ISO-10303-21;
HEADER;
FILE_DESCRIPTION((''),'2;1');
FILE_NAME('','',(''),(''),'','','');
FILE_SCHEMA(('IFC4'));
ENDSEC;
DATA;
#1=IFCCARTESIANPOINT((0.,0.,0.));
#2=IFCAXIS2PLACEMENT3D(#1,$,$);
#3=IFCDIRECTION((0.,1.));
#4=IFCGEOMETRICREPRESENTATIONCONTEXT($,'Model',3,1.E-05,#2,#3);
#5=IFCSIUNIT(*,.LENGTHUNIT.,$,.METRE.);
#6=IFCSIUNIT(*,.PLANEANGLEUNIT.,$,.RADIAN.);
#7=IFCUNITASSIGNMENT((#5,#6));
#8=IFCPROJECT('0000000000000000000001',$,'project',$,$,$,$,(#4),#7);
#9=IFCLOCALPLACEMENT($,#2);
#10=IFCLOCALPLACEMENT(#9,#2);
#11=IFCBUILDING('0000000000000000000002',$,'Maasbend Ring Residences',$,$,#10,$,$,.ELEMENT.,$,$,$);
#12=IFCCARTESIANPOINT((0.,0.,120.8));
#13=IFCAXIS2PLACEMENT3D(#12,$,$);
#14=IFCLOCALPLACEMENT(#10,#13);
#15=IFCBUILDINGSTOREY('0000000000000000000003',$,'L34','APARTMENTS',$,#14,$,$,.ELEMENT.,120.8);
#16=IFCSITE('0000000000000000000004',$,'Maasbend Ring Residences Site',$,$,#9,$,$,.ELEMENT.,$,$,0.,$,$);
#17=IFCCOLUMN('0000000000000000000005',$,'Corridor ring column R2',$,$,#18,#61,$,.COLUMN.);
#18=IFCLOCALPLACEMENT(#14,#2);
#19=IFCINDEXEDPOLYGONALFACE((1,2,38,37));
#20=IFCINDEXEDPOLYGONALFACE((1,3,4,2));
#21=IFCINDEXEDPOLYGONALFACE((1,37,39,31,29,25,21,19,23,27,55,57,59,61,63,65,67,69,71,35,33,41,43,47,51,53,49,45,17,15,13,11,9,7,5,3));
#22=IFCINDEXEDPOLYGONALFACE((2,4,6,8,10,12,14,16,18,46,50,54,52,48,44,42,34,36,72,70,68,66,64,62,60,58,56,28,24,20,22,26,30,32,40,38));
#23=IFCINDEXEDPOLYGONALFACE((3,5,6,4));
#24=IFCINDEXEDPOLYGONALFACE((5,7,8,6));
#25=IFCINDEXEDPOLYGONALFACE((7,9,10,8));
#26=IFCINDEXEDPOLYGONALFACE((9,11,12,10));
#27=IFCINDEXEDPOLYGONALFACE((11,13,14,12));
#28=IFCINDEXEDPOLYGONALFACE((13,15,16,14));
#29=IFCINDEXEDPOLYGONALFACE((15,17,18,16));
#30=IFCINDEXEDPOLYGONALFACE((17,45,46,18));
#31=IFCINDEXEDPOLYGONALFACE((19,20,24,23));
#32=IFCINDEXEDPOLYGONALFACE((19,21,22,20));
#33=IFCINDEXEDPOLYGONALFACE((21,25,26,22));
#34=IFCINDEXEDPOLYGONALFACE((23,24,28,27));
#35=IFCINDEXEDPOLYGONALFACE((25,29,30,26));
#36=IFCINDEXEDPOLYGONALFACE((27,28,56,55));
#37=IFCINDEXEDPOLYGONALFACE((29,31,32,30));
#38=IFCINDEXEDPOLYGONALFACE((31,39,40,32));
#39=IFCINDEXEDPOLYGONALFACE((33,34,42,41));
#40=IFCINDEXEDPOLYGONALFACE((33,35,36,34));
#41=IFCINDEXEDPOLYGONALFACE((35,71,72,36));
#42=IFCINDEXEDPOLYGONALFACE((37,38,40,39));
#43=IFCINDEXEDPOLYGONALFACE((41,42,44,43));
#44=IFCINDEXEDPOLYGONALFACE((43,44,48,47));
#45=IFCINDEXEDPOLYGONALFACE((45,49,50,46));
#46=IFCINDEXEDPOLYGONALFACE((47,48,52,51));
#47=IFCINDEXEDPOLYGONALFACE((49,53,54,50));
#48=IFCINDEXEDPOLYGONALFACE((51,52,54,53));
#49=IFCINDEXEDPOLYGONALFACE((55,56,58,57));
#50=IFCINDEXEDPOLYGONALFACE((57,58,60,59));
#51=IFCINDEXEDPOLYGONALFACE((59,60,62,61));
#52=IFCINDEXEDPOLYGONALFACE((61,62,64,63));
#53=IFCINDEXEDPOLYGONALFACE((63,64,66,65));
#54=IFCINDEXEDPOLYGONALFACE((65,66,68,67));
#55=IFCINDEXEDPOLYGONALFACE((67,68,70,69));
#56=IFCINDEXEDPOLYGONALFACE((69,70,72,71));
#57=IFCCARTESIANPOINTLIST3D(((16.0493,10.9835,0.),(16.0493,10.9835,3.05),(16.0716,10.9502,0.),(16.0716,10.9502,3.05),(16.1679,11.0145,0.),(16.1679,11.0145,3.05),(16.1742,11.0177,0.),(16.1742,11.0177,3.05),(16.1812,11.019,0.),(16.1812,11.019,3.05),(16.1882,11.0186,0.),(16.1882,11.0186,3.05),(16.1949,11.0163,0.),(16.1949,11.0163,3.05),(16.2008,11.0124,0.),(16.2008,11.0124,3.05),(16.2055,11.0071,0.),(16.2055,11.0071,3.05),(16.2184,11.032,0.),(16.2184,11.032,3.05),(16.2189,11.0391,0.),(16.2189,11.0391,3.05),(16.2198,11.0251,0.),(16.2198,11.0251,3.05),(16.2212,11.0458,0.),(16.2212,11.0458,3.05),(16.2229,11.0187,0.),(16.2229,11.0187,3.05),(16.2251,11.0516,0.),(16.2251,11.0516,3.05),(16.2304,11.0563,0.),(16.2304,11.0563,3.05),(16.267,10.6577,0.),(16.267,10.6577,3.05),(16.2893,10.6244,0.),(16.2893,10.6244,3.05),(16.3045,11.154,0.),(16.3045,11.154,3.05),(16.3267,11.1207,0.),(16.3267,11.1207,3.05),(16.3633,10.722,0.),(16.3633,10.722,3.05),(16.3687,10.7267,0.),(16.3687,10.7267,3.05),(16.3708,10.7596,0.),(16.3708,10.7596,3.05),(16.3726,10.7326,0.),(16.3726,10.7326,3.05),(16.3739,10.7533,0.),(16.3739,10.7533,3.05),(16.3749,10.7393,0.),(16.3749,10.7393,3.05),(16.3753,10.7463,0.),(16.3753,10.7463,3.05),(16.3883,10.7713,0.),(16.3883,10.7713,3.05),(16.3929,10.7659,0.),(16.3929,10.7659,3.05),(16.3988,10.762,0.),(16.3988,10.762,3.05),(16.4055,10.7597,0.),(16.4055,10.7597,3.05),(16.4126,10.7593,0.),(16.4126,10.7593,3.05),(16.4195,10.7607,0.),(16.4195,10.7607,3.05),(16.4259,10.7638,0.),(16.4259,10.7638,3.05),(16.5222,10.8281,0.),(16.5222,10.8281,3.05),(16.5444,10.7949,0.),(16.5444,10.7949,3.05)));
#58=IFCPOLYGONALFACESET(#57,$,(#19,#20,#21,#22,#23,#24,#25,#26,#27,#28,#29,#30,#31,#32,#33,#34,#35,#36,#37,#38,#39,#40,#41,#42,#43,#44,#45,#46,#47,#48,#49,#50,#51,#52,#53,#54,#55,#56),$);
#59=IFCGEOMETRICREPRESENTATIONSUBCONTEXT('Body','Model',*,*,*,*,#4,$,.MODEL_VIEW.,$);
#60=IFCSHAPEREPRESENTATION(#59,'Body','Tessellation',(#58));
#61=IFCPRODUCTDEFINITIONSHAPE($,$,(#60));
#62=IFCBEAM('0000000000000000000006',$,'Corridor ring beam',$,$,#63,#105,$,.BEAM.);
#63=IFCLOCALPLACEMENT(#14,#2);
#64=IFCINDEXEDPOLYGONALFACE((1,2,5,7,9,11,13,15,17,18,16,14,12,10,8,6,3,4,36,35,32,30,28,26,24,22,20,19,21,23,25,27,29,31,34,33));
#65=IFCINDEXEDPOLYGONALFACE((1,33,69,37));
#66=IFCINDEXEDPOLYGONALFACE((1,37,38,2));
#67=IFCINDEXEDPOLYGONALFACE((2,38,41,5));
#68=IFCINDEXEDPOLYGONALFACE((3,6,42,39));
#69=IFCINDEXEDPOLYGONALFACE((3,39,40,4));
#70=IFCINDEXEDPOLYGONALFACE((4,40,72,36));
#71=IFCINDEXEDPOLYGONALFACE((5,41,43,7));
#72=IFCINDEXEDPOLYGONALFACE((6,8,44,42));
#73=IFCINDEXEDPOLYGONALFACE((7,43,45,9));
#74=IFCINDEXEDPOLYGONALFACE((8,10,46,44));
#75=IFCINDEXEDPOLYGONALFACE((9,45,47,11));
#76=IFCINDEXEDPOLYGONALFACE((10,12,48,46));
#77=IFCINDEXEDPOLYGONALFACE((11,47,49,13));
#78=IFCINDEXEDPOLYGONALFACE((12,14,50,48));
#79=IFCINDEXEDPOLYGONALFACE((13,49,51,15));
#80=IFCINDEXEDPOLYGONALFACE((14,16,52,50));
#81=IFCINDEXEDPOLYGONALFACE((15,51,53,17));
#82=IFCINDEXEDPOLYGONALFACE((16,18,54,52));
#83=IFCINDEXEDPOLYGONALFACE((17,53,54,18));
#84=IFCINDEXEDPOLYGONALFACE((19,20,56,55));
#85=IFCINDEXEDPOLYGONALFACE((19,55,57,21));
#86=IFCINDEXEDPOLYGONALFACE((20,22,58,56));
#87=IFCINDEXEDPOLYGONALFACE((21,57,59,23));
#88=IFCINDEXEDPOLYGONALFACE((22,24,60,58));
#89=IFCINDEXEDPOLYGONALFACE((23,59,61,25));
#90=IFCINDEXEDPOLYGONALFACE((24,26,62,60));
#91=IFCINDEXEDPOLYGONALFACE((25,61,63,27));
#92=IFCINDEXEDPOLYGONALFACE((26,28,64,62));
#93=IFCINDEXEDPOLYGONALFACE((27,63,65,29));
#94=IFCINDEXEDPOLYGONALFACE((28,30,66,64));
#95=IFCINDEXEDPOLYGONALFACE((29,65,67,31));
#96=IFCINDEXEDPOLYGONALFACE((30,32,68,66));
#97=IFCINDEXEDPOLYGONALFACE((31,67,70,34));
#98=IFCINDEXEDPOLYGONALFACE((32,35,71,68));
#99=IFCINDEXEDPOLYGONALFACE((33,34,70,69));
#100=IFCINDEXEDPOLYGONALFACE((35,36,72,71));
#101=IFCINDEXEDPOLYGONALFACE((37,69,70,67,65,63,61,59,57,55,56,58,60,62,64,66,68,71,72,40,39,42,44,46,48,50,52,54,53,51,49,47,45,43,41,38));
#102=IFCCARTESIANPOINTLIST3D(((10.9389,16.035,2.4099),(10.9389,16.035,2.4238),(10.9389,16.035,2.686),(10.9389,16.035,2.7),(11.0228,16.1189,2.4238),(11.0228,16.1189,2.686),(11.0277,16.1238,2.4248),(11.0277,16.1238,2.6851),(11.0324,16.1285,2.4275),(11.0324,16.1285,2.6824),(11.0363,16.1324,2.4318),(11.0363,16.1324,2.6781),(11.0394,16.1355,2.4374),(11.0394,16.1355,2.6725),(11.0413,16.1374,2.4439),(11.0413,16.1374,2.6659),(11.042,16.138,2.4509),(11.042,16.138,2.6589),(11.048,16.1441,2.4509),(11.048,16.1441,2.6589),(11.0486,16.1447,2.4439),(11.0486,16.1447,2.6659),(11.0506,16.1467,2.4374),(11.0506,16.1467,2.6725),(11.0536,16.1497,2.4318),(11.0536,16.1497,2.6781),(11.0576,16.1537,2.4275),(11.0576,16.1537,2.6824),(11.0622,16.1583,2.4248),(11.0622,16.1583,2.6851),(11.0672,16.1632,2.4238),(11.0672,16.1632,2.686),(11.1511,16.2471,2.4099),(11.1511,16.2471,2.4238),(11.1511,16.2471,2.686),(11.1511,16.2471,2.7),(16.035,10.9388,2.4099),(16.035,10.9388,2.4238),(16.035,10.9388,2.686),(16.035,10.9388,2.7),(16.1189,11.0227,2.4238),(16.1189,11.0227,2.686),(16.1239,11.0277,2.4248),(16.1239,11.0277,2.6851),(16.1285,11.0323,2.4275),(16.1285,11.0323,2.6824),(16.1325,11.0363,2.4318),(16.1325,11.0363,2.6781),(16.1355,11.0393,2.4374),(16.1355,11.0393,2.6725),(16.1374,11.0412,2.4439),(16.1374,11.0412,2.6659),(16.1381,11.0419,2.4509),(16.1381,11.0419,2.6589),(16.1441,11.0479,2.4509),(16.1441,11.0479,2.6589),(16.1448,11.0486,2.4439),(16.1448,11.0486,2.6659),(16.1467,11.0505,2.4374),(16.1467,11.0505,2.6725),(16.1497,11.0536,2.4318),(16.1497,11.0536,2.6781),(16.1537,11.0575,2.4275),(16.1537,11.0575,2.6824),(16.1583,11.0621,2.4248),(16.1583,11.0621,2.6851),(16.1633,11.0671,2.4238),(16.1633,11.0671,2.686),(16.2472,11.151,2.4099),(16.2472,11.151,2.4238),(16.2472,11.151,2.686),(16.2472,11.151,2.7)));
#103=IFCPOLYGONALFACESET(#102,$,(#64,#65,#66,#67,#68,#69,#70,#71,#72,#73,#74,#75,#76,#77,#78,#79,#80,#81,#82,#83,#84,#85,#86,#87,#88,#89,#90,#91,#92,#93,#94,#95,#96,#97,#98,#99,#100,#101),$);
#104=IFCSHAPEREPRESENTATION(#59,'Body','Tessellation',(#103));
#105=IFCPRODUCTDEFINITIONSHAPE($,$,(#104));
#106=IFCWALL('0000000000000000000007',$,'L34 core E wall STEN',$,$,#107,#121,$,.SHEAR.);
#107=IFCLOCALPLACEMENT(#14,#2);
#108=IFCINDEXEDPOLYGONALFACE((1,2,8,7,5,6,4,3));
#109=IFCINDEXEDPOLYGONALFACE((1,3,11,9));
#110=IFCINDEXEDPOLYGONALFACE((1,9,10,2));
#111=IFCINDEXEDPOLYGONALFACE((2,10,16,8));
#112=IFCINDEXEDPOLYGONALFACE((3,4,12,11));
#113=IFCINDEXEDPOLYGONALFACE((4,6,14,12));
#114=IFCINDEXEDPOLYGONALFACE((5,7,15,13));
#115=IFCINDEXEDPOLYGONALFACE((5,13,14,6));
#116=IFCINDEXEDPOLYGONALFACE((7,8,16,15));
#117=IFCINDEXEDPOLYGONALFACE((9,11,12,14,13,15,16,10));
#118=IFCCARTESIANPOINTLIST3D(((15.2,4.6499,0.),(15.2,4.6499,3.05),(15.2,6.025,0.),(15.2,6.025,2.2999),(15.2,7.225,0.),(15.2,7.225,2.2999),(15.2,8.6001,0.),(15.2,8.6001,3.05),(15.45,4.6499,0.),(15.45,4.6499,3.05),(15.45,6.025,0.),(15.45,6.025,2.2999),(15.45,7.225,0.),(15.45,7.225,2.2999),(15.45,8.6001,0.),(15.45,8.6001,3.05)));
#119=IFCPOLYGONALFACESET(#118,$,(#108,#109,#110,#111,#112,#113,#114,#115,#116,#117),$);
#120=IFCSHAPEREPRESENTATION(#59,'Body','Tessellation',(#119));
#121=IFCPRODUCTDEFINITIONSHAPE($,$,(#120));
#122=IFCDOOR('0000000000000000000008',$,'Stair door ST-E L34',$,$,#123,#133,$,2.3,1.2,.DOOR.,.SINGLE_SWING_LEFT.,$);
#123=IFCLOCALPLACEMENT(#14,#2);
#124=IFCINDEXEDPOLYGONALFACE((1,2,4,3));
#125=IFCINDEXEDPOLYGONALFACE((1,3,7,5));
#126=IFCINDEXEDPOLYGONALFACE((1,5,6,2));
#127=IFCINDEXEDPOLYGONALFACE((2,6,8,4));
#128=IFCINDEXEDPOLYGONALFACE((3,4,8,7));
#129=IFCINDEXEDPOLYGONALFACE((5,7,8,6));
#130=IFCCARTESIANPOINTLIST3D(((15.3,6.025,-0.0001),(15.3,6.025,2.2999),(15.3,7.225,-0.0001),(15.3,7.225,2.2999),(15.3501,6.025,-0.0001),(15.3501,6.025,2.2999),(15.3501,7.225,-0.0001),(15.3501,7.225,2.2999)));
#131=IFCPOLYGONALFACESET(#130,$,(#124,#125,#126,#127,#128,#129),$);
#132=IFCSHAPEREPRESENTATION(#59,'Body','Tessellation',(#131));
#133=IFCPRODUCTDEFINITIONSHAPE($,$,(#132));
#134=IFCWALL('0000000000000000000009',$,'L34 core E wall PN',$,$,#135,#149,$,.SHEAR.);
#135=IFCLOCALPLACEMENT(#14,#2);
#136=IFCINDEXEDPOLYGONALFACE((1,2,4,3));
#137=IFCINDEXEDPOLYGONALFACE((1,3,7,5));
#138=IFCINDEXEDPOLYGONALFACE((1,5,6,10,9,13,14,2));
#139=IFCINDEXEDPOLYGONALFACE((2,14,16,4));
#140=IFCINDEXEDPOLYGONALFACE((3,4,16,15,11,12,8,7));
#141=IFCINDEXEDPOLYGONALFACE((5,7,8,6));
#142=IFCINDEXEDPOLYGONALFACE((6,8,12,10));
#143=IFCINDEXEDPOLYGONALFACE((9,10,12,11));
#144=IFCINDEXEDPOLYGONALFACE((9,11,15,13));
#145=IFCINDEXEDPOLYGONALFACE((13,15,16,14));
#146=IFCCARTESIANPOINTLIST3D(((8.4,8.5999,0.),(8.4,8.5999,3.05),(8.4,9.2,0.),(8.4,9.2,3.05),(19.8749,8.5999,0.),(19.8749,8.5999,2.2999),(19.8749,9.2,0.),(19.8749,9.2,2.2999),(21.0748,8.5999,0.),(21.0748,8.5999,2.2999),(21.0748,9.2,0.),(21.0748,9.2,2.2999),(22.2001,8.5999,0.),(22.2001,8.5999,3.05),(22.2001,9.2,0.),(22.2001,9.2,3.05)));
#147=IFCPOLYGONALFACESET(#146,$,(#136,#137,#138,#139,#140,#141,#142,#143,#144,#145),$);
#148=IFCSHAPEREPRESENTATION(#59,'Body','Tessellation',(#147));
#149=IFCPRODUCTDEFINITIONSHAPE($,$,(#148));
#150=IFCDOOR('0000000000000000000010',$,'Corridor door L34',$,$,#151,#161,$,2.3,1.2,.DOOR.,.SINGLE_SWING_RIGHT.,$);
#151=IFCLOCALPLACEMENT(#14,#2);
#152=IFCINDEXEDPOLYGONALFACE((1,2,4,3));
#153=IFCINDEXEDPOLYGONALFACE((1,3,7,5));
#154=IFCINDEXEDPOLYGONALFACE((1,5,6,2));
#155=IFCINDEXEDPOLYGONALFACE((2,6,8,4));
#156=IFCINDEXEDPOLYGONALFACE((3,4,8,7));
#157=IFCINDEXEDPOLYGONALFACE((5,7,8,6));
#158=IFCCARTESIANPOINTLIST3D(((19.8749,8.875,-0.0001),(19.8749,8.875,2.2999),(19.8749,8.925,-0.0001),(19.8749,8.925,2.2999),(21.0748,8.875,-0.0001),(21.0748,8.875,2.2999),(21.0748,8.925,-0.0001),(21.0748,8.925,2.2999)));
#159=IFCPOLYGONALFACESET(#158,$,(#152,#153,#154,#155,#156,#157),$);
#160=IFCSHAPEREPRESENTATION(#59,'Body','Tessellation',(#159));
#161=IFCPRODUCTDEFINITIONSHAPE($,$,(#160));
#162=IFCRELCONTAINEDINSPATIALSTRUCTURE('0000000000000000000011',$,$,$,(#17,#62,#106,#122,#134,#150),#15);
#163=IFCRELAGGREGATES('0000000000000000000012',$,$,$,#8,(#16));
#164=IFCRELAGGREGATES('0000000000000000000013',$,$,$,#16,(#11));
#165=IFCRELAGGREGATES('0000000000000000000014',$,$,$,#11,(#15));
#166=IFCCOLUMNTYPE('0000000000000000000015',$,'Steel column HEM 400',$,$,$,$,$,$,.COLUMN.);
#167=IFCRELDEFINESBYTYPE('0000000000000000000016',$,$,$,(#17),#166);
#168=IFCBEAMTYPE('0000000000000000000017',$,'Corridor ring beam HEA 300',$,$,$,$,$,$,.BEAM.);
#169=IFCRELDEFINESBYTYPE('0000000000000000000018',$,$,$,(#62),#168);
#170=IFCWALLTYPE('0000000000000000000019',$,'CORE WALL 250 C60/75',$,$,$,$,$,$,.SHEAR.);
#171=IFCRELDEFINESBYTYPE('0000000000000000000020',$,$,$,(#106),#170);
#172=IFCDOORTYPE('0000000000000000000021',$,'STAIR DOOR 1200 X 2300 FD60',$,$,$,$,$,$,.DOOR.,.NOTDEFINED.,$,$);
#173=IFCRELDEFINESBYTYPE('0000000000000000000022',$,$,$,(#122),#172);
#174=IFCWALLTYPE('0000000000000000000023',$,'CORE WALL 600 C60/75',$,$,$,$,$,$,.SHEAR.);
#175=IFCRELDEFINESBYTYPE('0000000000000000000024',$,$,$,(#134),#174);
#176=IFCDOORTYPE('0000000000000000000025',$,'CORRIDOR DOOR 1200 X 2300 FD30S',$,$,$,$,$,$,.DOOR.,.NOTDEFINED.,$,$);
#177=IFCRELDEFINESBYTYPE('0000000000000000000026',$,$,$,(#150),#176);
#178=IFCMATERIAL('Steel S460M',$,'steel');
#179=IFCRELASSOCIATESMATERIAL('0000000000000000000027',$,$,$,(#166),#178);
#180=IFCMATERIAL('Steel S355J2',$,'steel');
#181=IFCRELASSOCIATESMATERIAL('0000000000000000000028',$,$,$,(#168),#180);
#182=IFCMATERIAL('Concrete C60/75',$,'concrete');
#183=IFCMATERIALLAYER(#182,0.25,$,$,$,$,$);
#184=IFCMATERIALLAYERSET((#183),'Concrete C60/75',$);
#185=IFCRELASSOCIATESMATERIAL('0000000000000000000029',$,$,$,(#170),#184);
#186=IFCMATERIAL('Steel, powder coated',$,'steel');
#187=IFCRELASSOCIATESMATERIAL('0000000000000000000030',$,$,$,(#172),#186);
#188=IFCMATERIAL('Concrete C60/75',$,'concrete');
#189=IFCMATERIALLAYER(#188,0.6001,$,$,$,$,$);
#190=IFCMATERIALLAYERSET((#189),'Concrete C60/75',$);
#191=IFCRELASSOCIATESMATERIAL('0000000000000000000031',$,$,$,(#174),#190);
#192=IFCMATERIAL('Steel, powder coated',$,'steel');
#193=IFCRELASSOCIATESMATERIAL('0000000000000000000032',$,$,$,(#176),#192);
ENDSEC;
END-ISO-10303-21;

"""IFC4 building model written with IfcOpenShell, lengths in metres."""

from ifc_helpers import new_model, si_unit, direction, frame, frame_2d, origin, origin_2d, place, context, subcontext, project, spatial, rectangle, i_section, extrude, material, layer, layer_set, material_profile, profile_set, type_object, element, fill, save


model = new_model("IFC4")

# Units and contexts
model_context = context("Model", 3, precision=1e-05, world=origin(), true_north=direction((0.0, 1.0)))
body_context = subcontext(model_context, "Body", "Model", "MODEL_VIEW")
ifc_project = project(units=[si_unit("LENGTHUNIT", "METRE"), si_unit("PLANEANGLEUNIT", "RADIAN")], contexts=[model_context])

# Site, building, storey
site_placement = place(None, origin())
site = spatial("IfcSite", under=ifc_project, at=site_placement, Name="Maasbend Ring Residences Site", CompositionType="ELEMENT", RefElevation=0.0)
building_placement = place(site_placement, origin())
building = spatial("IfcBuilding", under=site, at=building_placement, Name="Maasbend Ring Residences", CompositionType="ELEMENT")
storey_placement = place(building_placement, frame((0.0, 0.0, 120.8)))
storey = spatial("IfcBuildingStorey", under=building, at=storey_placement, Name="L34", Description="APARTMENTS", CompositionType="ELEMENT", Elevation=120.8)

# Column
ifc_material_1 = material(Name="Steel S460M", Category="steel")
ifc_material_profile_1 = material_profile(ifc_material_1, i_section(OverallWidth=0.3069, OverallDepth=0.4319, WebThickness=0.021, FlangeThickness=0.04, FilletRadius=0.0271, at=origin_2d()), Name="HEM 400")
ifc_profile_set_1 = profile_set([ifc_material_profile_1], Name="Steel S460M")
column_type = type_object("IfcColumnType", Name="Steel column HEM 400", PredefinedType="COLUMN", material=ifc_profile_set_1)
column_placement = place(storey_placement, frame((16.2969, 10.8892, 0.0), z_axis=(0.0, 0.0, 1.0), x_axis=(0.83147, 0.55557, 0.0)))
element("IfcColumn", 1, at=column_placement, inside=storey, type_object=column_type, Name="Corridor ring column R2", PredefinedType="COLUMN", context=body_context, shape_type="SweptSolid", body=[
    extrude(i_section(OverallWidth=0.3069, OverallDepth=0.4319, WebThickness=0.021, FlangeThickness=0.04, FilletRadius=0.0271, at=origin_2d()), origin(), (0.0, 0.0, 1.0), 3.05),
])

# Beam
ifc_material_2 = material(Name="Steel S355J2", Category="steel")
ifc_material_profile_2 = material_profile(ifc_material_2, i_section(OverallWidth=0.3, OverallDepth=0.29, WebThickness=0.0085, FlangeThickness=0.0139, FilletRadius=0.0271, at=origin_2d()), Name="HEA 300")
ifc_profile_set_2 = profile_set([ifc_material_profile_2], Name="Steel S355J2")
beam_type = type_object("IfcBeamType", Name="Corridor ring beam HEA 300", PredefinedType="BEAM", material=ifc_profile_set_2)
beam_placement = place(storey_placement, frame((16.1411, 11.0449, 2.5549), z_axis=(-0.707107, 0.707107, 0.0), x_axis=(-0.707107, -0.707107, 0.0)))
element("IfcBeam", 2, at=beam_placement, inside=storey, type_object=beam_type, Name="Corridor ring beam", PredefinedType="BEAM", context=body_context, shape_type="SweptSolid", body=[
    extrude(i_section(OverallWidth=0.3, OverallDepth=0.29, WebThickness=0.0085, FlangeThickness=0.0139, FilletRadius=0.0271, at=origin_2d()), origin(), (0.0, 0.0, 1.0), 7.207),
])

# Walls, openings, doors
ifc_material_3 = material(Name="Concrete C60/75", Category="concrete")
ifc_layer_1 = layer(ifc_material_3, 0.25)
ifc_layer_set_1 = layer_set([ifc_layer_1], Name="Concrete C60/75")
wall_type_1 = type_object("IfcWallType", Name="CORE WALL 250 C60/75", PredefinedType="SHEAR", material=ifc_layer_set_1)
wall_1_placement = place(storey_placement, frame((15.325, 4.6499, 0.0), z_axis=(0.0, 0.0, 1.0), x_axis=(0.0, 1.0, 0.0)))
wall_1 = element("IfcWall", 3, at=wall_1_placement, inside=storey, type_object=wall_type_1, Name="L34 core E wall STEN", PredefinedType="SHEAR", context=body_context, shape_type="SweptSolid", body=[
    extrude(rectangle(XDim=3.9502, YDim=0.25, at=frame_2d((1.9751, 0.0))), origin(), (0.0, 0.0, 1.0), 3.05),
])
opening_1_placement = place(wall_1_placement, frame((1.375, 0.0, 0.0)))
opening_1 = element("IfcOpeningElement", 4, at=opening_1_placement, cuts=wall_1, PredefinedType="OPENING", context=body_context, shape_type="SweptSolid", body=[
    extrude(rectangle(XDim=1.2, YDim=2.3, at=frame_2d((0.6001, 1.1499))), frame((0.0, 0.135, 0.0), z_axis=(0.0, -1.0, 0.0), x_axis=(1.0, 0.0, 0.0)), (0.0, 0.0, 1.0), 0.27),
])
ifc_material_4 = material(Name="Steel, powder coated", Category="steel")
door_type_1 = type_object("IfcDoorType", Name="STAIR DOOR 1200 X 2300 FD60", OperationType="NOTDEFINED", PredefinedType="DOOR", material=ifc_material_4)
door_1_placement = place(opening_1_placement, origin())
door_1 = element("IfcDoor", 5, at=door_1_placement, inside=storey, type_object=door_type_1, Name="Stair door ST-E L34", OperationType="SINGLE_SWING_LEFT", OverallHeight=2.3, OverallWidth=1.2, PredefinedType="DOOR", context=body_context, shape_type="SweptSolid", body=[
    extrude(rectangle(XDim=1.2, YDim=2.3, at=frame_2d((0.6001, 1.1499))), frame((0.0, 0.0249, 0.0), z_axis=(0.0, -1.0, 0.0), x_axis=(1.0, 0.0, 0.0)), (0.0, 0.0, 1.0), 0.05),
])
fill(opening_1, door_1)
ifc_material_5 = material(Name="Concrete C60/75", Category="concrete")
ifc_layer_2 = layer(ifc_material_5, 0.6001)
ifc_layer_set_2 = layer_set([ifc_layer_2], Name="Concrete C60/75")
wall_type_2 = type_object("IfcWallType", Name="CORE WALL 600 C60/75", PredefinedType="SHEAR", material=ifc_layer_set_2)
wall_2_placement = place(storey_placement, frame((22.2, 8.8999, 0.0), z_axis=(0.0, 0.0, 1.0), x_axis=(-1.0, 0.0, 0.0)))
wall_2 = element("IfcWall", 6, at=wall_2_placement, inside=storey, type_object=wall_type_2, Name="L34 core E wall PN", PredefinedType="SHEAR", context=body_context, shape_type="SweptSolid", body=[
    extrude(rectangle(XDim=13.8, YDim=0.6001, at=frame_2d((6.8999, 0.0))), origin(), (0.0, 0.0, 1.0), 3.05),
])
opening_2_placement = place(wall_2_placement, frame((1.125, 0.0, 0.0)))
opening_2 = element("IfcOpeningElement", 7, at=opening_2_placement, cuts=wall_2, PredefinedType="OPENING", context=body_context, shape_type="SweptSolid", body=[
    extrude(rectangle(XDim=1.2, YDim=2.3, at=frame_2d((0.6001, 1.1499))), frame((0.0, 0.3101, 0.0), z_axis=(0.0, -1.0, 0.0), x_axis=(1.0, 0.0, 0.0)), (0.0, 0.0, 1.0), 0.6201),
])
ifc_material_6 = material(Name="Steel, powder coated", Category="steel")
door_type_2 = type_object("IfcDoorType", Name="CORRIDOR DOOR 1200 X 2300 FD30S", OperationType="NOTDEFINED", PredefinedType="DOOR", material=ifc_material_6)
door_2_placement = place(opening_2_placement, origin())
door_2 = element("IfcDoor", 8, at=door_2_placement, inside=storey, type_object=door_type_2, Name="Corridor door L34", OperationType="SINGLE_SWING_RIGHT", OverallHeight=2.3, OverallWidth=1.2, PredefinedType="DOOR", context=body_context, shape_type="SweptSolid", body=[
    extrude(rectangle(XDim=1.2, YDim=2.3, at=frame_2d((0.6001, 1.1499))), frame((0.0, 0.0249, 0.0), z_axis=(0.0, -1.0, 0.0), x_axis=(1.0, 0.0, 0.0)), (0.0, 0.0, 1.0), 0.05),
])
fill(opening_2, door_2)

save(model, "model.ifc")
